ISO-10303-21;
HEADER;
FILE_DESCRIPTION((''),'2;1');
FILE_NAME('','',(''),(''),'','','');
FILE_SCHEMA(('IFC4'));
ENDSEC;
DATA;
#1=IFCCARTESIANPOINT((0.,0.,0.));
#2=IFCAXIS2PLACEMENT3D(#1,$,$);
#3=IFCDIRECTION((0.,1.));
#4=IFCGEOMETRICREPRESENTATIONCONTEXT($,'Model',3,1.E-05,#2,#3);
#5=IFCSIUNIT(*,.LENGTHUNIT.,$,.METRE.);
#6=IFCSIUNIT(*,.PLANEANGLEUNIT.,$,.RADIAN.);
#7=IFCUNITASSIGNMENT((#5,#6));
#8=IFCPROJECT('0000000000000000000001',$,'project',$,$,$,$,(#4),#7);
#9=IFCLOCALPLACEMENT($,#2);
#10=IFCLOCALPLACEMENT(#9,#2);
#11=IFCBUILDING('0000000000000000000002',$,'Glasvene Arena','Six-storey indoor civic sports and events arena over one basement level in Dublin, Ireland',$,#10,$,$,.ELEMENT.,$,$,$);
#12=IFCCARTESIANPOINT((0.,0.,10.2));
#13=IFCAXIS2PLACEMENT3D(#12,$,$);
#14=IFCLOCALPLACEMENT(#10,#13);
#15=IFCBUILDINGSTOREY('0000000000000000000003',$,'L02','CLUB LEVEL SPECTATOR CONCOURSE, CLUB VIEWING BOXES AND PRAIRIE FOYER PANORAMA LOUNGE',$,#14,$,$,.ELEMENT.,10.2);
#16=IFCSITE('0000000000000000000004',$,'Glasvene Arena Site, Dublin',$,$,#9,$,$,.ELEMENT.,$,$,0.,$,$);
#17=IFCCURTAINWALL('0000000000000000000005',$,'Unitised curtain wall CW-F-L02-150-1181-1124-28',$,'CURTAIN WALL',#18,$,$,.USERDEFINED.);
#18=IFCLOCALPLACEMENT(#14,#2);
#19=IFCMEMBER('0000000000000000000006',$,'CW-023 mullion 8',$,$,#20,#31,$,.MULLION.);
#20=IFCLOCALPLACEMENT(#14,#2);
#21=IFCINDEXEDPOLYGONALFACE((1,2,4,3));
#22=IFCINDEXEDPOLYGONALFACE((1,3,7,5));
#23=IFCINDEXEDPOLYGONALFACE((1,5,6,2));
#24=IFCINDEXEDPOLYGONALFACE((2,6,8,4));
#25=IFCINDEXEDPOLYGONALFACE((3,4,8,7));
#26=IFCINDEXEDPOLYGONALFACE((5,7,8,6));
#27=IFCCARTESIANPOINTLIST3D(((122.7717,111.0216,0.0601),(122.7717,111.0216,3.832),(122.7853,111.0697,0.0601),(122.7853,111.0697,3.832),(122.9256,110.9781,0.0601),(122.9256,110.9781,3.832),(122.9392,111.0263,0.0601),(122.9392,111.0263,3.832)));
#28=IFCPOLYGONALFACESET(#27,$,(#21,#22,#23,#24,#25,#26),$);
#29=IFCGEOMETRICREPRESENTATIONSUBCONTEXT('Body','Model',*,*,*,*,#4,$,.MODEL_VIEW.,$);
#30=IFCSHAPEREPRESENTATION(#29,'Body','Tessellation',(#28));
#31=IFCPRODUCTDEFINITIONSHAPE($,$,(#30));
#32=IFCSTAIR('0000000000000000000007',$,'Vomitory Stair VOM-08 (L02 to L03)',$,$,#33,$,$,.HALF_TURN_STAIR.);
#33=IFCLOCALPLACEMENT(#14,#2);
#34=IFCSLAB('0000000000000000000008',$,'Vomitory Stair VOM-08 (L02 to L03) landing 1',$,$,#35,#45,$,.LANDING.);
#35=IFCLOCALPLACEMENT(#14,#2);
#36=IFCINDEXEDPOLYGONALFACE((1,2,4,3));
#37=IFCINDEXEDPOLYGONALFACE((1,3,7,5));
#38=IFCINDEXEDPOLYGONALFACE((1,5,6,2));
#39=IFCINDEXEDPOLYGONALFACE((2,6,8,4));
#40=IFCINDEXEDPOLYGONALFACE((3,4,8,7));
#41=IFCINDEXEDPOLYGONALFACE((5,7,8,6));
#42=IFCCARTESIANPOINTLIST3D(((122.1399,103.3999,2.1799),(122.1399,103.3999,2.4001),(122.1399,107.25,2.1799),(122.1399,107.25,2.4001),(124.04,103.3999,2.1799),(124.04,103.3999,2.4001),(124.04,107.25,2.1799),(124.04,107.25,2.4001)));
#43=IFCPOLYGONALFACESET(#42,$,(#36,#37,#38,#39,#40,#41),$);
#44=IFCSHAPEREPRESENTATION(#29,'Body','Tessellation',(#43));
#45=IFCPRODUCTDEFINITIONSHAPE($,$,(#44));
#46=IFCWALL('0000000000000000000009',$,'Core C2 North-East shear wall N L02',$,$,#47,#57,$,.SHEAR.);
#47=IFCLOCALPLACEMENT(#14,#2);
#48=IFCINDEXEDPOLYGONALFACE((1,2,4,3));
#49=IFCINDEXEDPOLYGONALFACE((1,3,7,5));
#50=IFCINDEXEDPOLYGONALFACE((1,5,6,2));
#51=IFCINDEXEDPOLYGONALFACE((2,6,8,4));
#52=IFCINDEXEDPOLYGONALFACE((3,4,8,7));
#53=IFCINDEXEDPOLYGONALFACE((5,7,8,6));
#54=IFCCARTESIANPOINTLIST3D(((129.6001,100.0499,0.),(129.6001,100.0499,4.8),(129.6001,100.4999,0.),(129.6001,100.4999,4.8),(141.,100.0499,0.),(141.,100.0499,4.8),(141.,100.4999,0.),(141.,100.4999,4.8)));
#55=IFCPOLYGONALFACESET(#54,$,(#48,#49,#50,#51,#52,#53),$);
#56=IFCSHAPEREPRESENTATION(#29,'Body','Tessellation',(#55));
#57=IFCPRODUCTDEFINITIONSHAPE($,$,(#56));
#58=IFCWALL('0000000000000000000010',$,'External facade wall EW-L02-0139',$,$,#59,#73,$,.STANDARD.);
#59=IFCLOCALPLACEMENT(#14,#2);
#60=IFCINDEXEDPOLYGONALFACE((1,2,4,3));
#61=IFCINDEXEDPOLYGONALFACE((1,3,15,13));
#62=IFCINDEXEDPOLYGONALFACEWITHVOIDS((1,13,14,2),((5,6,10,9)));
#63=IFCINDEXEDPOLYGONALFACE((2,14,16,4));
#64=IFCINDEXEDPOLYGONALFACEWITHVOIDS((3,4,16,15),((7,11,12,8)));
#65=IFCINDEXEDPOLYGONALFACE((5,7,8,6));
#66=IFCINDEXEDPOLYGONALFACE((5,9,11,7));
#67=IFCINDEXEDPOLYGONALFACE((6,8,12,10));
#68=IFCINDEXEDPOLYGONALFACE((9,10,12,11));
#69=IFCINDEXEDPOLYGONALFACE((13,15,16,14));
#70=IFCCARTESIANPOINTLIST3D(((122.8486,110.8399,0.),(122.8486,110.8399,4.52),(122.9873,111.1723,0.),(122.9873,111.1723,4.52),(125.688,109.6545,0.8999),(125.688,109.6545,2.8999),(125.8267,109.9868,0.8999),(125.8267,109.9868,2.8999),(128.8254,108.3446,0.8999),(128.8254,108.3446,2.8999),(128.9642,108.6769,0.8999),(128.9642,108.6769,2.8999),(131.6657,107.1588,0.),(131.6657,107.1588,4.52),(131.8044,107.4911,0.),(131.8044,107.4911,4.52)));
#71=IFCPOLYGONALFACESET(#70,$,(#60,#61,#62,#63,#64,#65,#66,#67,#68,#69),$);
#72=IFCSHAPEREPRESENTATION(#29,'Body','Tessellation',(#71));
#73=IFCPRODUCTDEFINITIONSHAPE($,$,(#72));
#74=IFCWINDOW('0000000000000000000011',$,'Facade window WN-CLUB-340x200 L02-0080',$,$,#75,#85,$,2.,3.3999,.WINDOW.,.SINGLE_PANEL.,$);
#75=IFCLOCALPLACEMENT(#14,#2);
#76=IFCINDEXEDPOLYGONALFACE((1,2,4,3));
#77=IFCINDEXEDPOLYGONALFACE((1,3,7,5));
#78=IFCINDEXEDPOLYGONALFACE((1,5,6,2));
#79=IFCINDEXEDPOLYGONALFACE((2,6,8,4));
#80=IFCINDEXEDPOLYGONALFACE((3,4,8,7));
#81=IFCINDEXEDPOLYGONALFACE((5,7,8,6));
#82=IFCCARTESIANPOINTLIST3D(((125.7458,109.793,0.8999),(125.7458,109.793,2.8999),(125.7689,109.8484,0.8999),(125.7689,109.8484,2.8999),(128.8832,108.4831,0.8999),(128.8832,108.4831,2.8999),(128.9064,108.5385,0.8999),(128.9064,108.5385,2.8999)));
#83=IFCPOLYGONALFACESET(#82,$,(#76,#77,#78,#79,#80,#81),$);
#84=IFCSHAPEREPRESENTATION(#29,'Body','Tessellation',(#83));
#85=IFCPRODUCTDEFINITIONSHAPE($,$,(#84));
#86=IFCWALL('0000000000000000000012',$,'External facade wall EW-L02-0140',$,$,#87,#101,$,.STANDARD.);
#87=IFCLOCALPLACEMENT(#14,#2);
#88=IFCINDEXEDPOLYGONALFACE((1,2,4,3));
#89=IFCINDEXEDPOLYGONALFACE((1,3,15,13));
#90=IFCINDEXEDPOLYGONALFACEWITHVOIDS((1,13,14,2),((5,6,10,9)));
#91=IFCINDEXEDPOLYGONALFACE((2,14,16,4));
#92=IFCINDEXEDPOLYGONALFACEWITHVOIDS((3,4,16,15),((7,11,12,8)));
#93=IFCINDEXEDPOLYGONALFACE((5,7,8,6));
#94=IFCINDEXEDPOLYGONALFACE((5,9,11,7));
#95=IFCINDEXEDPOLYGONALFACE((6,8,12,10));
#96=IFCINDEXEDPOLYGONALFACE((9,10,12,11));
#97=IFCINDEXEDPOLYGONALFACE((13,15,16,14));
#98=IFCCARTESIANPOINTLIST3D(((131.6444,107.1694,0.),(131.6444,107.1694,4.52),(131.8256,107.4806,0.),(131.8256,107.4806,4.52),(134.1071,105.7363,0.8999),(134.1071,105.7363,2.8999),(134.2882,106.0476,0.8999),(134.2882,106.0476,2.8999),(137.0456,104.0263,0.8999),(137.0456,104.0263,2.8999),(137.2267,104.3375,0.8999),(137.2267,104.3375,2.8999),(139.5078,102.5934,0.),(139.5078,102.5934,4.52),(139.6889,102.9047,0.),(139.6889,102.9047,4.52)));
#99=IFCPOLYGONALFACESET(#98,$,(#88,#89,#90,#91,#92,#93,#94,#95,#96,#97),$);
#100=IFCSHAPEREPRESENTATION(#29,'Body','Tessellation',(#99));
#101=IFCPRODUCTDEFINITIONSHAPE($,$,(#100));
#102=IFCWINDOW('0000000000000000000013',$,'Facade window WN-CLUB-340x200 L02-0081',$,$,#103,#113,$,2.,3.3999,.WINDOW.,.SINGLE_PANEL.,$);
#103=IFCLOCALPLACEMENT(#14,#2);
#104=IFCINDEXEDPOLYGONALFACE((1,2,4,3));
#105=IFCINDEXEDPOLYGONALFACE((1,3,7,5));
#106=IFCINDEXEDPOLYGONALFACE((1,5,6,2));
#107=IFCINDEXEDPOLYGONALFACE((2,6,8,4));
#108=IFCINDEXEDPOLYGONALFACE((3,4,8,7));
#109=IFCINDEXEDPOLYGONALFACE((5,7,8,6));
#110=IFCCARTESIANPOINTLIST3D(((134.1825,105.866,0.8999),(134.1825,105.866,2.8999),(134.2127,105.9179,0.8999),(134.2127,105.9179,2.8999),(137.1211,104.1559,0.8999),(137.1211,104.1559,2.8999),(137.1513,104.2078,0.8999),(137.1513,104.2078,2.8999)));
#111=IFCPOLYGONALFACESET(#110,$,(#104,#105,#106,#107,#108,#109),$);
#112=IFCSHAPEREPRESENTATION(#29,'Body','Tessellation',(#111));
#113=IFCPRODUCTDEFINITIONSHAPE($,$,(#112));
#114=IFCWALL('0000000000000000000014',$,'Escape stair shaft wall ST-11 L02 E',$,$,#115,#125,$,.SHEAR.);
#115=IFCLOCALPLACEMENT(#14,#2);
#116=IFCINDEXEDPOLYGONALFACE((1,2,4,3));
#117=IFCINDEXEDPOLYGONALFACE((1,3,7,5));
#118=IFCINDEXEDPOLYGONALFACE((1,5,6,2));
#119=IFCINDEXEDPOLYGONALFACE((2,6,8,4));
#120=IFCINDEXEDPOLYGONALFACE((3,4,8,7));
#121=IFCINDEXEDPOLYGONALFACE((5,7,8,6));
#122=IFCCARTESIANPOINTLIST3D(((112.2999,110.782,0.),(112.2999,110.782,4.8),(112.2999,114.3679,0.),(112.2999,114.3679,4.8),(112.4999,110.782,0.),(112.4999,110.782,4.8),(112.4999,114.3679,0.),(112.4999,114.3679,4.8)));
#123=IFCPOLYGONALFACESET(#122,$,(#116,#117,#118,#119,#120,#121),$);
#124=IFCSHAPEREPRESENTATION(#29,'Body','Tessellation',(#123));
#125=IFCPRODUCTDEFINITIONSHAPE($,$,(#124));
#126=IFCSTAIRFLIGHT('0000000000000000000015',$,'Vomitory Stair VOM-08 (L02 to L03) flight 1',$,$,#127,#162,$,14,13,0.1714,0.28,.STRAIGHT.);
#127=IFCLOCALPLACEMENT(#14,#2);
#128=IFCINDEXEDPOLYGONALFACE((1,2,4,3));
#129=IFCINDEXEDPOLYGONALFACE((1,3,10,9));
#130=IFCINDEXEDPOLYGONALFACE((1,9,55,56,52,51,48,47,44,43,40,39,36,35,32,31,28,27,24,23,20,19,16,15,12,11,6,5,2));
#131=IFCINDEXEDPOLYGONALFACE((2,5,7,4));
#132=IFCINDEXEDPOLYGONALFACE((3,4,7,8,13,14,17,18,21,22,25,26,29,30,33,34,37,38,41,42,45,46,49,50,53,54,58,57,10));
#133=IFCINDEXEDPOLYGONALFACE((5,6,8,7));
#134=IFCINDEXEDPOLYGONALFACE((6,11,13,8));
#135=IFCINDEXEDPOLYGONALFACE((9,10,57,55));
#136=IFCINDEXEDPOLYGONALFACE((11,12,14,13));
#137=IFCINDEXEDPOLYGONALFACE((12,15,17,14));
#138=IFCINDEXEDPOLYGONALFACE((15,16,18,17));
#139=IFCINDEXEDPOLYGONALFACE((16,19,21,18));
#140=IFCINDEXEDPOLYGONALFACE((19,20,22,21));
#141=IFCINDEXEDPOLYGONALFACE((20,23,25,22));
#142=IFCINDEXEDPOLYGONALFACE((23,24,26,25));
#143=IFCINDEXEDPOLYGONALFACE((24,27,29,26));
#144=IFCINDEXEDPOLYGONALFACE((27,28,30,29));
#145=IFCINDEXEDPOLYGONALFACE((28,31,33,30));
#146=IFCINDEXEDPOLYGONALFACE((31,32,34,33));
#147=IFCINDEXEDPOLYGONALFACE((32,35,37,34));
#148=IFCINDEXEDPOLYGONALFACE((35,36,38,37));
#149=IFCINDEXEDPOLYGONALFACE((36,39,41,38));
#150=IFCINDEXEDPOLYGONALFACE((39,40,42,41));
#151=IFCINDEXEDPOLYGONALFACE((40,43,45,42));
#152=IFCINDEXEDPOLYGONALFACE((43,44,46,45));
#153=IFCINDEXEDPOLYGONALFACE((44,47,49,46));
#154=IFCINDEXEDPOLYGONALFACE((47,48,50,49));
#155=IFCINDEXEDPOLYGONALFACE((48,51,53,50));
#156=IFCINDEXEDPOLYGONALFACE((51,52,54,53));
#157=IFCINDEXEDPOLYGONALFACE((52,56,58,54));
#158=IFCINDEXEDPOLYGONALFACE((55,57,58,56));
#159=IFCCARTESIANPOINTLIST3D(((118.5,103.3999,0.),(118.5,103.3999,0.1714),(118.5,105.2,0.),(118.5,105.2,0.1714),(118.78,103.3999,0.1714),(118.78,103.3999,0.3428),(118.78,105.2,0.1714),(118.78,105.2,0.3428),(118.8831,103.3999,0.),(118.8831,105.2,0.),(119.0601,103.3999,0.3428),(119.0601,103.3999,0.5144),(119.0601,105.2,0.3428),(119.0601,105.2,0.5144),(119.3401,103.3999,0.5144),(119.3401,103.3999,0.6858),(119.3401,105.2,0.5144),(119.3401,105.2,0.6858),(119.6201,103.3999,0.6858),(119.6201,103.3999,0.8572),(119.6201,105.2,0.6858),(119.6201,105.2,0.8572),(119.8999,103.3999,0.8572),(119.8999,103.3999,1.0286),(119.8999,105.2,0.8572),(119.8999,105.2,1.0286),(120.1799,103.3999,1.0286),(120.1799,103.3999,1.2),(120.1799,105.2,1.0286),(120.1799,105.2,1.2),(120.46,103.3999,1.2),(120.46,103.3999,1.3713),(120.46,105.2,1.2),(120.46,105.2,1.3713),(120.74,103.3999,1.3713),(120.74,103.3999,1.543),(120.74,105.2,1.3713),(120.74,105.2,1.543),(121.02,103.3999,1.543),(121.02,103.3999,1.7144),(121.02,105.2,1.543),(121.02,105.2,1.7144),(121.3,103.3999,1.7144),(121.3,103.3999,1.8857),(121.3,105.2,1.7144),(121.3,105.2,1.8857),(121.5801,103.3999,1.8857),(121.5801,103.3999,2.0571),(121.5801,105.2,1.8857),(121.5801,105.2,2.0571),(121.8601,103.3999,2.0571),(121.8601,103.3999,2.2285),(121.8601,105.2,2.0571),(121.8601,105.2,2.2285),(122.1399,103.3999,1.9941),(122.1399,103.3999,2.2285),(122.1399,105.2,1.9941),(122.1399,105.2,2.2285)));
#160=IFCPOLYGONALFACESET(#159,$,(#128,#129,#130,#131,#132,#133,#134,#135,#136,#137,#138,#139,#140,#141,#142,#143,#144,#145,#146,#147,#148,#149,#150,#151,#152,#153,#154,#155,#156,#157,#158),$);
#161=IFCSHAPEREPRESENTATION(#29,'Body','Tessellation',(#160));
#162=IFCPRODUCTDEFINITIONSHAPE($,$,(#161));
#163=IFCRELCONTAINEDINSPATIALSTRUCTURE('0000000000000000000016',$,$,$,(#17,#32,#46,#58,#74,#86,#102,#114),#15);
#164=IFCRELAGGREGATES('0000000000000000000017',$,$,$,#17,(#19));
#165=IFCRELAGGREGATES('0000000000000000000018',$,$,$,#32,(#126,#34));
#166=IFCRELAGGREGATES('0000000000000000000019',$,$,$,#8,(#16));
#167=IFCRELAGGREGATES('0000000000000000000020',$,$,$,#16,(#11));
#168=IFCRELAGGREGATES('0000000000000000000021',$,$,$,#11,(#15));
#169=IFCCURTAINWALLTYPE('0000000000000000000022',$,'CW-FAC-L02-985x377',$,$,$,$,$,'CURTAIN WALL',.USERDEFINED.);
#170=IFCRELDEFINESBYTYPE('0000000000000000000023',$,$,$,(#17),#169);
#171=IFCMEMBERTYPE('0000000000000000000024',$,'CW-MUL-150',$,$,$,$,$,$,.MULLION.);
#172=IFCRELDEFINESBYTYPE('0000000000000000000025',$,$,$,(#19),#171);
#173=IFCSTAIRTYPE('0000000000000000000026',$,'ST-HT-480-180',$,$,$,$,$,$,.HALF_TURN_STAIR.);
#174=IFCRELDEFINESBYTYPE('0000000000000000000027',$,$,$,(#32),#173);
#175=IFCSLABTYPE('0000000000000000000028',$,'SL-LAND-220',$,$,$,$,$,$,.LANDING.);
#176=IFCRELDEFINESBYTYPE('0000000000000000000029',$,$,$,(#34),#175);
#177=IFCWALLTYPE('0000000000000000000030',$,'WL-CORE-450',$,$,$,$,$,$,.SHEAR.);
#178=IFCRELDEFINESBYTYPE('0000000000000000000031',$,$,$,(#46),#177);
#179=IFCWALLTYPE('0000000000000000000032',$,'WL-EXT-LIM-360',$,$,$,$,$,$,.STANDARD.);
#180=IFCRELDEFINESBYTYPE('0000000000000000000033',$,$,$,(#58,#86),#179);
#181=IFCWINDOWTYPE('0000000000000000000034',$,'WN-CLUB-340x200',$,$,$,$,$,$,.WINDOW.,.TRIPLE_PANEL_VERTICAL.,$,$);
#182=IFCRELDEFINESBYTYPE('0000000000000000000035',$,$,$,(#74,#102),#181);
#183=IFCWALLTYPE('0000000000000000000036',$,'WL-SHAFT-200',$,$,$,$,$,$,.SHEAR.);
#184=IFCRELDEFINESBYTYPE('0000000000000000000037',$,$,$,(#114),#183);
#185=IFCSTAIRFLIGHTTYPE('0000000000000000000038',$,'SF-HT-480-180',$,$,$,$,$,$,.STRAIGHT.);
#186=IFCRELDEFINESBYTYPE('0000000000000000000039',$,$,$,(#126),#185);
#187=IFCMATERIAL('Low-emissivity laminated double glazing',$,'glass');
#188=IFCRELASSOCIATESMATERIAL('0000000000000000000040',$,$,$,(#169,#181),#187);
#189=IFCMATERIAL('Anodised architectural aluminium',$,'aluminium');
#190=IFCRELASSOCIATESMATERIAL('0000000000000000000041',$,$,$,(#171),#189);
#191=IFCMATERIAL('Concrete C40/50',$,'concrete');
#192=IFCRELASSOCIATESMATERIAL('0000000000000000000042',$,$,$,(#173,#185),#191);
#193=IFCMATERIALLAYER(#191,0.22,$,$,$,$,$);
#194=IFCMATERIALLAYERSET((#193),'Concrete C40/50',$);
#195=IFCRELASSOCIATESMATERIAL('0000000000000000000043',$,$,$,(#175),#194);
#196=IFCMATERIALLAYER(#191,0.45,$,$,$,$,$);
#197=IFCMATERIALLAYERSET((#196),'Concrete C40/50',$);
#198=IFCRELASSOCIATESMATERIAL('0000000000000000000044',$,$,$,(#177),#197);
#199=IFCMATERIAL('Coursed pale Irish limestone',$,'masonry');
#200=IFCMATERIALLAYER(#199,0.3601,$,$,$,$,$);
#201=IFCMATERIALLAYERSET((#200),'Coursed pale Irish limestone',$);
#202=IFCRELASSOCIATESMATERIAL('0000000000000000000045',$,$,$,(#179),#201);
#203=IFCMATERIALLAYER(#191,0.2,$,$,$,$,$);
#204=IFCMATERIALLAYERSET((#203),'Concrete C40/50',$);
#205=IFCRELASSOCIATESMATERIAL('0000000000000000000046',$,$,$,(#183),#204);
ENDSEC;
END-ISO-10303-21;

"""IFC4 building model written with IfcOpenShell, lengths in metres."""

from ifc_helpers import new_model, si_unit, direction, frame, frame_2d, origin, origin_2d, place, context, subcontext, project, spatial, polyline, rectangle, outline, extrude, material, layer, layer_set, material_profile, profile_set, type_object, element, fill, aggregate, save


model = new_model("IFC4")

# Units and contexts
model_context = context("Model", 3, precision=1e-05, world=origin(), true_north=direction((0.0, 1.0)))
body_context = subcontext(model_context, "Body", "Model", "MODEL_VIEW")
ifc_project = project(units=[si_unit("LENGTHUNIT", "METRE"), si_unit("PLANEANGLEUNIT", "RADIAN")], contexts=[model_context])

# Site, building, storey
site_placement = place(None, origin())
site = spatial("IfcSite", under=ifc_project, at=site_placement, Name="Glasvene Arena Site, Dublin", CompositionType="ELEMENT", RefElevation=0.0)
building_placement = place(site_placement, origin())
building = spatial("IfcBuilding", under=site, at=building_placement, Name="Glasvene Arena", Description="Six-storey indoor civic sports and events arena over one basement level in Dublin, Ireland", CompositionType="ELEMENT")
storey_placement = place(building_placement, frame((0.0, 0.0, 10.2)))
storey = spatial("IfcBuildingStorey", under=building, at=storey_placement, Name="L02", Description="CLUB LEVEL SPECTATOR CONCOURSE, CLUB VIEWING BOXES AND PRAIRIE FOYER PANORAMA LOUNGE", CompositionType="ELEMENT", Elevation=10.2)

# Curtain wall, member
ifc_material_1 = material(Name="Low-emissivity laminated double glazing", Category="glass")
curtain_wall_type = type_object("IfcCurtainWallType", Name="CW-FAC-L02-985x377", ElementType="CURTAIN WALL", PredefinedType="USERDEFINED", material=ifc_material_1)
curtain_wall_placement = place(storey_placement, frame((113.4026, 113.6914, 0.0)))
curtain_wall = element("IfcCurtainWall", 1, at=curtain_wall_placement, inside=storey, type_object=curtain_wall_type, Name="Unitised curtain wall CW-F-L02-150-1181-1124-28", ObjectType="CURTAIN WALL", PredefinedType="USERDEFINED")
ifc_material_2 = material(Name="Anodised architectural aluminium", Category="aluminium")
ifc_material_profile_1 = material_profile(ifc_material_2, rectangle(XDim=0.05, YDim=0.1599, at=origin_2d()), Name="ALU MULLION 50x160")
ifc_profile_set_1 = profile_set([ifc_material_profile_1], Name="Anodised architectural aluminium")
member_type = type_object("IfcMemberType", Name="CW-MUL-150", PredefinedType="MULLION", material=ifc_profile_set_1)
member_placement = place(storey_placement, frame((122.8555, 111.0239, 0.0601), z_axis=(0.0, 0.0, 1.0), x_axis=(0.271597, 0.962411, 0.0)))
member = element("IfcMember", 2, at=member_placement, type_object=member_type, Name="CW-023 mullion 8", PredefinedType="MULLION", context=body_context, shape_type="SweptSolid", body=[
    extrude(rectangle(XDim=0.05, YDim=0.1599, at=origin_2d()), origin(), (0.0, 0.0, 1.0), 3.772),
])
aggregate(curtain_wall, [member])

# Stair, slab
ifc_material_3 = material(Name="Concrete C40/50", Category="concrete")
stair_type = type_object("IfcStairType", Name="ST-HT-480-180", PredefinedType="HALF_TURN_STAIR", material=ifc_material_3)
stair_placement = place(storey_placement, origin())
stair = element("IfcStair", 3, at=stair_placement, inside=storey, type_object=stair_type, Name="Vomitory Stair VOM-08 (L02 to L03)", PredefinedType="HALF_TURN_STAIR")
ifc_layer_1 = layer(ifc_material_3, 0.22)
ifc_layer_set_1 = layer_set([ifc_layer_1], Name="Concrete C40/50")
slab_type = type_object("IfcSlabType", Name="SL-LAND-220", PredefinedType="LANDING", material=ifc_layer_set_1)
slab_placement = place(storey_placement, frame((123.0901, 105.325, 2.1799)))
slab = element("IfcSlab", 4, at=slab_placement, type_object=slab_type, Name="Vomitory Stair VOM-08 (L02 to L03) landing 1", PredefinedType="LANDING", context=body_context, shape_type="SweptSolid", body=[
    extrude(outline(polyline([(-0.9502, -1.925), (0.95, -1.925), (0.95, 1.925), (-0.9502, 1.925), (-0.9502, -1.925)])), origin(), (0.0, 0.0, 1.0), 0.2202),
])

# Wall
ifc_layer_2 = layer(ifc_material_3, 0.45)
ifc_layer_set_2 = layer_set([ifc_layer_2], Name="Concrete C40/50")
wall_type_1 = type_object("IfcWallType", Name="WL-CORE-450", PredefinedType="SHEAR", material=ifc_layer_set_2)
wall_1_placement = place(storey_placement, frame((129.6001, 100.2749, 0.0), z_axis=(0.0, 0.0, 1.0), x_axis=(1.0, 0.0, 0.0)))
element("IfcWall", 5, at=wall_1_placement, inside=storey, type_object=wall_type_1, Name="Core C2 North-East shear wall N L02", PredefinedType="SHEAR", context=body_context, shape_type="SweptSolid", body=[
    extrude(rectangle(XDim=11.3999, YDim=0.45, at=frame_2d((5.7, 0.0))), origin(), (0.0, 0.0, 1.0), 4.8),
])

# Walls, openings, windows
ifc_material_4 = material(Name="Coursed pale Irish limestone", Category="masonry")
ifc_layer_3 = layer(ifc_material_4, 0.3601)
ifc_layer_set_3 = layer_set([ifc_layer_3], Name="Coursed pale Irish limestone")
wall_type_2 = type_object("IfcWallType", Name="WL-EXT-LIM-360", PredefinedType="STANDARD", material=ifc_layer_set_3)
wall_2_placement = place(storey_placement, frame((122.918, 111.0061, 0.0), z_axis=(0.0, 0.0, 1.0), x_axis=(0.922804, -0.38527, 0.0)))
wall_2 = element("IfcWall", 6, at=wall_2_placement, inside=storey, type_object=wall_type_2, Name="External facade wall EW-L02-0139", PredefinedType="STANDARD", context=body_context, shape_type="SweptSolid", body=[
    extrude(rectangle(XDim=9.5547, YDim=0.3601, at=frame_2d((4.7773, 0.0))), origin(), (0.0, 0.0, 1.0), 4.52),
])
opening_1_placement = place(wall_2_placement, frame((3.0769, 0.0, 0.8999)))
opening_1 = element("IfcOpeningElement", 7, at=opening_1_placement, cuts=wall_2, PredefinedType="OPENING", context=body_context, shape_type="SweptSolid", body=[
    extrude(rectangle(XDim=3.3999, YDim=2.0, at=frame_2d((1.7, 1.0))), frame((0.0, 0.1899, 0.0), z_axis=(0.0, -1.0, 0.0), x_axis=(1.0, 0.0, 0.0)), (0.0, 0.0, 1.0), 0.3801),
])
window_type = type_object("IfcWindowType", Name="WN-CLUB-340x200", PartitioningType="TRIPLE_PANEL_VERTICAL", PredefinedType="WINDOW", material=ifc_material_1)
window_1_placement = place(opening_1_placement, origin())
window_1 = element("IfcWindow", 8, at=window_1_placement, inside=storey, type_object=window_type, Name="Facade window WN-CLUB-340x200 L02-0080", OverallHeight=2.0, OverallWidth=3.3999, PartitioningType="SINGLE_PANEL", PredefinedType="WINDOW", context=body_context, shape_type="SweptSolid", body=[
    extrude(rectangle(XDim=3.3999, YDim=2.0, at=frame_2d((1.7, 1.0))), frame((0.0, 0.03, 0.0), z_axis=(0.0, -1.0, 0.0), x_axis=(1.0, 0.0, 0.0)), (0.0, 0.0, 1.0), 0.0601),
])
fill(opening_1, window_1)
wall_3_placement = place(storey_placement, frame((131.7351, 107.325, 0.0), z_axis=(0.0, 0.0, 1.0), x_axis=(0.864304, -0.50297, 0.0)))
wall_3 = element("IfcWall", 9, at=wall_3_placement, inside=storey, type_object=wall_type_2, Name="External facade wall EW-L02-0140", PredefinedType="STANDARD", context=body_context, shape_type="SweptSolid", body=[
    extrude(rectangle(XDim=9.0979, YDim=0.3601, at=frame_2d((4.5488, 0.0))), origin(), (0.0, 0.0, 1.0), 4.52),
])
opening_2_placement = place(wall_3_placement, frame((2.8491, 0.0, 0.8999)))
opening_2 = element("IfcOpeningElement", 10, at=opening_2_placement, cuts=wall_3, PredefinedType="OPENING", context=body_context, shape_type="SweptSolid", body=[
    extrude(rectangle(XDim=3.3999, YDim=2.0, at=frame_2d((1.7, 1.0))), frame((0.0, 0.1899, 0.0), z_axis=(0.0, -1.0, 0.0), x_axis=(1.0, 0.0, 0.0)), (0.0, 0.0, 1.0), 0.3801),
])
window_2_placement = place(opening_2_placement, origin())
window_2 = element("IfcWindow", 11, at=window_2_placement, inside=storey, type_object=window_type, Name="Facade window WN-CLUB-340x200 L02-0081", OverallHeight=2.0, OverallWidth=3.3999, PartitioningType="SINGLE_PANEL", PredefinedType="WINDOW", context=body_context, shape_type="SweptSolid", body=[
    extrude(rectangle(XDim=3.3999, YDim=2.0, at=frame_2d((1.7, 1.0))), frame((0.0, 0.03, 0.0), z_axis=(0.0, -1.0, 0.0), x_axis=(1.0, 0.0, 0.0)), (0.0, 0.0, 1.0), 0.0601),
])
fill(opening_2, window_2)

# Wall
ifc_layer_4 = layer(ifc_material_3, 0.2)
ifc_layer_set_4 = layer_set([ifc_layer_4], Name="Concrete C40/50")
wall_type_3 = type_object("IfcWallType", Name="WL-SHAFT-200", PredefinedType="SHEAR", material=ifc_layer_set_4)
wall_4_placement = place(storey_placement, frame((112.3999, 110.782, 0.0), z_axis=(0.0, 0.0, 1.0), x_axis=(0.0, 1.0, 0.0)))
element("IfcWall", 12, at=wall_4_placement, inside=storey, type_object=wall_type_3, Name="Escape stair shaft wall ST-11 L02 E", PredefinedType="SHEAR", context=body_context, shape_type="SweptSolid", body=[
    extrude(rectangle(XDim=3.5859, YDim=0.2, at=frame_2d((1.793, 0.0))), origin(), (0.0, 0.0, 1.0), 4.8),
])

# Stair flight
stair_flight_type = type_object("IfcStairFlightType", Name="SF-HT-480-180", PredefinedType="STRAIGHT", material=ifc_material_3)
stair_flight_1_placement = place(storey_placement, frame((118.5, 104.3, 0.0), z_axis=(0.0, 0.0, 1.0), x_axis=(1.0, 0.0, 0.0)))
stair_flight_1 = element("IfcStairFlight", 13, at=stair_flight_1_placement, type_object=stair_flight_type, Name="Vomitory Stair VOM-08 (L02 to L03) flight 1", NumberOfRisers=14, NumberOfTreads=13, PredefinedType="STRAIGHT", RiserHeight=0.1714, TreadLength=0.28, context=body_context, shape_type="SweptSolid", body=[
    extrude(outline(polyline([(0.0, 0.0), (0.0, 0.1714), (0.28, 0.1714), (0.28, 0.3428), (0.5601, 0.3428), (0.5601, 0.5144), (0.8401, 0.5144), (0.8401, 0.6858), (1.1201, 0.6858), (1.1201, 0.8572), (1.3999, 0.8572), (1.3999, 1.0286), (1.6799, 1.0286), (1.6799, 1.2), (1.96, 1.2), (1.96, 1.3713), (2.24, 1.3713), (2.24, 1.543), (2.52, 1.543), (2.52, 1.7144), (2.8, 1.7144), (2.8, 1.8857), (3.0801, 1.8857), (3.0801, 2.0571), (3.3601, 2.0571), (3.3601, 2.2285), (3.6399, 2.2285), (3.6399, 2.3999), (3.6399, 1.9941), (0.3831, 0.0), (0.0, 0.0)])), frame((0.0, 0.8999, 0.0), z_axis=(0.0, -1.0, 0.0), x_axis=(1.0, 0.0, 0.0)), (0.0, 0.0, 1.0), 1.8),
])
aggregate(stair, [stair_flight_1, slab])

save(model, "model.ifc")
